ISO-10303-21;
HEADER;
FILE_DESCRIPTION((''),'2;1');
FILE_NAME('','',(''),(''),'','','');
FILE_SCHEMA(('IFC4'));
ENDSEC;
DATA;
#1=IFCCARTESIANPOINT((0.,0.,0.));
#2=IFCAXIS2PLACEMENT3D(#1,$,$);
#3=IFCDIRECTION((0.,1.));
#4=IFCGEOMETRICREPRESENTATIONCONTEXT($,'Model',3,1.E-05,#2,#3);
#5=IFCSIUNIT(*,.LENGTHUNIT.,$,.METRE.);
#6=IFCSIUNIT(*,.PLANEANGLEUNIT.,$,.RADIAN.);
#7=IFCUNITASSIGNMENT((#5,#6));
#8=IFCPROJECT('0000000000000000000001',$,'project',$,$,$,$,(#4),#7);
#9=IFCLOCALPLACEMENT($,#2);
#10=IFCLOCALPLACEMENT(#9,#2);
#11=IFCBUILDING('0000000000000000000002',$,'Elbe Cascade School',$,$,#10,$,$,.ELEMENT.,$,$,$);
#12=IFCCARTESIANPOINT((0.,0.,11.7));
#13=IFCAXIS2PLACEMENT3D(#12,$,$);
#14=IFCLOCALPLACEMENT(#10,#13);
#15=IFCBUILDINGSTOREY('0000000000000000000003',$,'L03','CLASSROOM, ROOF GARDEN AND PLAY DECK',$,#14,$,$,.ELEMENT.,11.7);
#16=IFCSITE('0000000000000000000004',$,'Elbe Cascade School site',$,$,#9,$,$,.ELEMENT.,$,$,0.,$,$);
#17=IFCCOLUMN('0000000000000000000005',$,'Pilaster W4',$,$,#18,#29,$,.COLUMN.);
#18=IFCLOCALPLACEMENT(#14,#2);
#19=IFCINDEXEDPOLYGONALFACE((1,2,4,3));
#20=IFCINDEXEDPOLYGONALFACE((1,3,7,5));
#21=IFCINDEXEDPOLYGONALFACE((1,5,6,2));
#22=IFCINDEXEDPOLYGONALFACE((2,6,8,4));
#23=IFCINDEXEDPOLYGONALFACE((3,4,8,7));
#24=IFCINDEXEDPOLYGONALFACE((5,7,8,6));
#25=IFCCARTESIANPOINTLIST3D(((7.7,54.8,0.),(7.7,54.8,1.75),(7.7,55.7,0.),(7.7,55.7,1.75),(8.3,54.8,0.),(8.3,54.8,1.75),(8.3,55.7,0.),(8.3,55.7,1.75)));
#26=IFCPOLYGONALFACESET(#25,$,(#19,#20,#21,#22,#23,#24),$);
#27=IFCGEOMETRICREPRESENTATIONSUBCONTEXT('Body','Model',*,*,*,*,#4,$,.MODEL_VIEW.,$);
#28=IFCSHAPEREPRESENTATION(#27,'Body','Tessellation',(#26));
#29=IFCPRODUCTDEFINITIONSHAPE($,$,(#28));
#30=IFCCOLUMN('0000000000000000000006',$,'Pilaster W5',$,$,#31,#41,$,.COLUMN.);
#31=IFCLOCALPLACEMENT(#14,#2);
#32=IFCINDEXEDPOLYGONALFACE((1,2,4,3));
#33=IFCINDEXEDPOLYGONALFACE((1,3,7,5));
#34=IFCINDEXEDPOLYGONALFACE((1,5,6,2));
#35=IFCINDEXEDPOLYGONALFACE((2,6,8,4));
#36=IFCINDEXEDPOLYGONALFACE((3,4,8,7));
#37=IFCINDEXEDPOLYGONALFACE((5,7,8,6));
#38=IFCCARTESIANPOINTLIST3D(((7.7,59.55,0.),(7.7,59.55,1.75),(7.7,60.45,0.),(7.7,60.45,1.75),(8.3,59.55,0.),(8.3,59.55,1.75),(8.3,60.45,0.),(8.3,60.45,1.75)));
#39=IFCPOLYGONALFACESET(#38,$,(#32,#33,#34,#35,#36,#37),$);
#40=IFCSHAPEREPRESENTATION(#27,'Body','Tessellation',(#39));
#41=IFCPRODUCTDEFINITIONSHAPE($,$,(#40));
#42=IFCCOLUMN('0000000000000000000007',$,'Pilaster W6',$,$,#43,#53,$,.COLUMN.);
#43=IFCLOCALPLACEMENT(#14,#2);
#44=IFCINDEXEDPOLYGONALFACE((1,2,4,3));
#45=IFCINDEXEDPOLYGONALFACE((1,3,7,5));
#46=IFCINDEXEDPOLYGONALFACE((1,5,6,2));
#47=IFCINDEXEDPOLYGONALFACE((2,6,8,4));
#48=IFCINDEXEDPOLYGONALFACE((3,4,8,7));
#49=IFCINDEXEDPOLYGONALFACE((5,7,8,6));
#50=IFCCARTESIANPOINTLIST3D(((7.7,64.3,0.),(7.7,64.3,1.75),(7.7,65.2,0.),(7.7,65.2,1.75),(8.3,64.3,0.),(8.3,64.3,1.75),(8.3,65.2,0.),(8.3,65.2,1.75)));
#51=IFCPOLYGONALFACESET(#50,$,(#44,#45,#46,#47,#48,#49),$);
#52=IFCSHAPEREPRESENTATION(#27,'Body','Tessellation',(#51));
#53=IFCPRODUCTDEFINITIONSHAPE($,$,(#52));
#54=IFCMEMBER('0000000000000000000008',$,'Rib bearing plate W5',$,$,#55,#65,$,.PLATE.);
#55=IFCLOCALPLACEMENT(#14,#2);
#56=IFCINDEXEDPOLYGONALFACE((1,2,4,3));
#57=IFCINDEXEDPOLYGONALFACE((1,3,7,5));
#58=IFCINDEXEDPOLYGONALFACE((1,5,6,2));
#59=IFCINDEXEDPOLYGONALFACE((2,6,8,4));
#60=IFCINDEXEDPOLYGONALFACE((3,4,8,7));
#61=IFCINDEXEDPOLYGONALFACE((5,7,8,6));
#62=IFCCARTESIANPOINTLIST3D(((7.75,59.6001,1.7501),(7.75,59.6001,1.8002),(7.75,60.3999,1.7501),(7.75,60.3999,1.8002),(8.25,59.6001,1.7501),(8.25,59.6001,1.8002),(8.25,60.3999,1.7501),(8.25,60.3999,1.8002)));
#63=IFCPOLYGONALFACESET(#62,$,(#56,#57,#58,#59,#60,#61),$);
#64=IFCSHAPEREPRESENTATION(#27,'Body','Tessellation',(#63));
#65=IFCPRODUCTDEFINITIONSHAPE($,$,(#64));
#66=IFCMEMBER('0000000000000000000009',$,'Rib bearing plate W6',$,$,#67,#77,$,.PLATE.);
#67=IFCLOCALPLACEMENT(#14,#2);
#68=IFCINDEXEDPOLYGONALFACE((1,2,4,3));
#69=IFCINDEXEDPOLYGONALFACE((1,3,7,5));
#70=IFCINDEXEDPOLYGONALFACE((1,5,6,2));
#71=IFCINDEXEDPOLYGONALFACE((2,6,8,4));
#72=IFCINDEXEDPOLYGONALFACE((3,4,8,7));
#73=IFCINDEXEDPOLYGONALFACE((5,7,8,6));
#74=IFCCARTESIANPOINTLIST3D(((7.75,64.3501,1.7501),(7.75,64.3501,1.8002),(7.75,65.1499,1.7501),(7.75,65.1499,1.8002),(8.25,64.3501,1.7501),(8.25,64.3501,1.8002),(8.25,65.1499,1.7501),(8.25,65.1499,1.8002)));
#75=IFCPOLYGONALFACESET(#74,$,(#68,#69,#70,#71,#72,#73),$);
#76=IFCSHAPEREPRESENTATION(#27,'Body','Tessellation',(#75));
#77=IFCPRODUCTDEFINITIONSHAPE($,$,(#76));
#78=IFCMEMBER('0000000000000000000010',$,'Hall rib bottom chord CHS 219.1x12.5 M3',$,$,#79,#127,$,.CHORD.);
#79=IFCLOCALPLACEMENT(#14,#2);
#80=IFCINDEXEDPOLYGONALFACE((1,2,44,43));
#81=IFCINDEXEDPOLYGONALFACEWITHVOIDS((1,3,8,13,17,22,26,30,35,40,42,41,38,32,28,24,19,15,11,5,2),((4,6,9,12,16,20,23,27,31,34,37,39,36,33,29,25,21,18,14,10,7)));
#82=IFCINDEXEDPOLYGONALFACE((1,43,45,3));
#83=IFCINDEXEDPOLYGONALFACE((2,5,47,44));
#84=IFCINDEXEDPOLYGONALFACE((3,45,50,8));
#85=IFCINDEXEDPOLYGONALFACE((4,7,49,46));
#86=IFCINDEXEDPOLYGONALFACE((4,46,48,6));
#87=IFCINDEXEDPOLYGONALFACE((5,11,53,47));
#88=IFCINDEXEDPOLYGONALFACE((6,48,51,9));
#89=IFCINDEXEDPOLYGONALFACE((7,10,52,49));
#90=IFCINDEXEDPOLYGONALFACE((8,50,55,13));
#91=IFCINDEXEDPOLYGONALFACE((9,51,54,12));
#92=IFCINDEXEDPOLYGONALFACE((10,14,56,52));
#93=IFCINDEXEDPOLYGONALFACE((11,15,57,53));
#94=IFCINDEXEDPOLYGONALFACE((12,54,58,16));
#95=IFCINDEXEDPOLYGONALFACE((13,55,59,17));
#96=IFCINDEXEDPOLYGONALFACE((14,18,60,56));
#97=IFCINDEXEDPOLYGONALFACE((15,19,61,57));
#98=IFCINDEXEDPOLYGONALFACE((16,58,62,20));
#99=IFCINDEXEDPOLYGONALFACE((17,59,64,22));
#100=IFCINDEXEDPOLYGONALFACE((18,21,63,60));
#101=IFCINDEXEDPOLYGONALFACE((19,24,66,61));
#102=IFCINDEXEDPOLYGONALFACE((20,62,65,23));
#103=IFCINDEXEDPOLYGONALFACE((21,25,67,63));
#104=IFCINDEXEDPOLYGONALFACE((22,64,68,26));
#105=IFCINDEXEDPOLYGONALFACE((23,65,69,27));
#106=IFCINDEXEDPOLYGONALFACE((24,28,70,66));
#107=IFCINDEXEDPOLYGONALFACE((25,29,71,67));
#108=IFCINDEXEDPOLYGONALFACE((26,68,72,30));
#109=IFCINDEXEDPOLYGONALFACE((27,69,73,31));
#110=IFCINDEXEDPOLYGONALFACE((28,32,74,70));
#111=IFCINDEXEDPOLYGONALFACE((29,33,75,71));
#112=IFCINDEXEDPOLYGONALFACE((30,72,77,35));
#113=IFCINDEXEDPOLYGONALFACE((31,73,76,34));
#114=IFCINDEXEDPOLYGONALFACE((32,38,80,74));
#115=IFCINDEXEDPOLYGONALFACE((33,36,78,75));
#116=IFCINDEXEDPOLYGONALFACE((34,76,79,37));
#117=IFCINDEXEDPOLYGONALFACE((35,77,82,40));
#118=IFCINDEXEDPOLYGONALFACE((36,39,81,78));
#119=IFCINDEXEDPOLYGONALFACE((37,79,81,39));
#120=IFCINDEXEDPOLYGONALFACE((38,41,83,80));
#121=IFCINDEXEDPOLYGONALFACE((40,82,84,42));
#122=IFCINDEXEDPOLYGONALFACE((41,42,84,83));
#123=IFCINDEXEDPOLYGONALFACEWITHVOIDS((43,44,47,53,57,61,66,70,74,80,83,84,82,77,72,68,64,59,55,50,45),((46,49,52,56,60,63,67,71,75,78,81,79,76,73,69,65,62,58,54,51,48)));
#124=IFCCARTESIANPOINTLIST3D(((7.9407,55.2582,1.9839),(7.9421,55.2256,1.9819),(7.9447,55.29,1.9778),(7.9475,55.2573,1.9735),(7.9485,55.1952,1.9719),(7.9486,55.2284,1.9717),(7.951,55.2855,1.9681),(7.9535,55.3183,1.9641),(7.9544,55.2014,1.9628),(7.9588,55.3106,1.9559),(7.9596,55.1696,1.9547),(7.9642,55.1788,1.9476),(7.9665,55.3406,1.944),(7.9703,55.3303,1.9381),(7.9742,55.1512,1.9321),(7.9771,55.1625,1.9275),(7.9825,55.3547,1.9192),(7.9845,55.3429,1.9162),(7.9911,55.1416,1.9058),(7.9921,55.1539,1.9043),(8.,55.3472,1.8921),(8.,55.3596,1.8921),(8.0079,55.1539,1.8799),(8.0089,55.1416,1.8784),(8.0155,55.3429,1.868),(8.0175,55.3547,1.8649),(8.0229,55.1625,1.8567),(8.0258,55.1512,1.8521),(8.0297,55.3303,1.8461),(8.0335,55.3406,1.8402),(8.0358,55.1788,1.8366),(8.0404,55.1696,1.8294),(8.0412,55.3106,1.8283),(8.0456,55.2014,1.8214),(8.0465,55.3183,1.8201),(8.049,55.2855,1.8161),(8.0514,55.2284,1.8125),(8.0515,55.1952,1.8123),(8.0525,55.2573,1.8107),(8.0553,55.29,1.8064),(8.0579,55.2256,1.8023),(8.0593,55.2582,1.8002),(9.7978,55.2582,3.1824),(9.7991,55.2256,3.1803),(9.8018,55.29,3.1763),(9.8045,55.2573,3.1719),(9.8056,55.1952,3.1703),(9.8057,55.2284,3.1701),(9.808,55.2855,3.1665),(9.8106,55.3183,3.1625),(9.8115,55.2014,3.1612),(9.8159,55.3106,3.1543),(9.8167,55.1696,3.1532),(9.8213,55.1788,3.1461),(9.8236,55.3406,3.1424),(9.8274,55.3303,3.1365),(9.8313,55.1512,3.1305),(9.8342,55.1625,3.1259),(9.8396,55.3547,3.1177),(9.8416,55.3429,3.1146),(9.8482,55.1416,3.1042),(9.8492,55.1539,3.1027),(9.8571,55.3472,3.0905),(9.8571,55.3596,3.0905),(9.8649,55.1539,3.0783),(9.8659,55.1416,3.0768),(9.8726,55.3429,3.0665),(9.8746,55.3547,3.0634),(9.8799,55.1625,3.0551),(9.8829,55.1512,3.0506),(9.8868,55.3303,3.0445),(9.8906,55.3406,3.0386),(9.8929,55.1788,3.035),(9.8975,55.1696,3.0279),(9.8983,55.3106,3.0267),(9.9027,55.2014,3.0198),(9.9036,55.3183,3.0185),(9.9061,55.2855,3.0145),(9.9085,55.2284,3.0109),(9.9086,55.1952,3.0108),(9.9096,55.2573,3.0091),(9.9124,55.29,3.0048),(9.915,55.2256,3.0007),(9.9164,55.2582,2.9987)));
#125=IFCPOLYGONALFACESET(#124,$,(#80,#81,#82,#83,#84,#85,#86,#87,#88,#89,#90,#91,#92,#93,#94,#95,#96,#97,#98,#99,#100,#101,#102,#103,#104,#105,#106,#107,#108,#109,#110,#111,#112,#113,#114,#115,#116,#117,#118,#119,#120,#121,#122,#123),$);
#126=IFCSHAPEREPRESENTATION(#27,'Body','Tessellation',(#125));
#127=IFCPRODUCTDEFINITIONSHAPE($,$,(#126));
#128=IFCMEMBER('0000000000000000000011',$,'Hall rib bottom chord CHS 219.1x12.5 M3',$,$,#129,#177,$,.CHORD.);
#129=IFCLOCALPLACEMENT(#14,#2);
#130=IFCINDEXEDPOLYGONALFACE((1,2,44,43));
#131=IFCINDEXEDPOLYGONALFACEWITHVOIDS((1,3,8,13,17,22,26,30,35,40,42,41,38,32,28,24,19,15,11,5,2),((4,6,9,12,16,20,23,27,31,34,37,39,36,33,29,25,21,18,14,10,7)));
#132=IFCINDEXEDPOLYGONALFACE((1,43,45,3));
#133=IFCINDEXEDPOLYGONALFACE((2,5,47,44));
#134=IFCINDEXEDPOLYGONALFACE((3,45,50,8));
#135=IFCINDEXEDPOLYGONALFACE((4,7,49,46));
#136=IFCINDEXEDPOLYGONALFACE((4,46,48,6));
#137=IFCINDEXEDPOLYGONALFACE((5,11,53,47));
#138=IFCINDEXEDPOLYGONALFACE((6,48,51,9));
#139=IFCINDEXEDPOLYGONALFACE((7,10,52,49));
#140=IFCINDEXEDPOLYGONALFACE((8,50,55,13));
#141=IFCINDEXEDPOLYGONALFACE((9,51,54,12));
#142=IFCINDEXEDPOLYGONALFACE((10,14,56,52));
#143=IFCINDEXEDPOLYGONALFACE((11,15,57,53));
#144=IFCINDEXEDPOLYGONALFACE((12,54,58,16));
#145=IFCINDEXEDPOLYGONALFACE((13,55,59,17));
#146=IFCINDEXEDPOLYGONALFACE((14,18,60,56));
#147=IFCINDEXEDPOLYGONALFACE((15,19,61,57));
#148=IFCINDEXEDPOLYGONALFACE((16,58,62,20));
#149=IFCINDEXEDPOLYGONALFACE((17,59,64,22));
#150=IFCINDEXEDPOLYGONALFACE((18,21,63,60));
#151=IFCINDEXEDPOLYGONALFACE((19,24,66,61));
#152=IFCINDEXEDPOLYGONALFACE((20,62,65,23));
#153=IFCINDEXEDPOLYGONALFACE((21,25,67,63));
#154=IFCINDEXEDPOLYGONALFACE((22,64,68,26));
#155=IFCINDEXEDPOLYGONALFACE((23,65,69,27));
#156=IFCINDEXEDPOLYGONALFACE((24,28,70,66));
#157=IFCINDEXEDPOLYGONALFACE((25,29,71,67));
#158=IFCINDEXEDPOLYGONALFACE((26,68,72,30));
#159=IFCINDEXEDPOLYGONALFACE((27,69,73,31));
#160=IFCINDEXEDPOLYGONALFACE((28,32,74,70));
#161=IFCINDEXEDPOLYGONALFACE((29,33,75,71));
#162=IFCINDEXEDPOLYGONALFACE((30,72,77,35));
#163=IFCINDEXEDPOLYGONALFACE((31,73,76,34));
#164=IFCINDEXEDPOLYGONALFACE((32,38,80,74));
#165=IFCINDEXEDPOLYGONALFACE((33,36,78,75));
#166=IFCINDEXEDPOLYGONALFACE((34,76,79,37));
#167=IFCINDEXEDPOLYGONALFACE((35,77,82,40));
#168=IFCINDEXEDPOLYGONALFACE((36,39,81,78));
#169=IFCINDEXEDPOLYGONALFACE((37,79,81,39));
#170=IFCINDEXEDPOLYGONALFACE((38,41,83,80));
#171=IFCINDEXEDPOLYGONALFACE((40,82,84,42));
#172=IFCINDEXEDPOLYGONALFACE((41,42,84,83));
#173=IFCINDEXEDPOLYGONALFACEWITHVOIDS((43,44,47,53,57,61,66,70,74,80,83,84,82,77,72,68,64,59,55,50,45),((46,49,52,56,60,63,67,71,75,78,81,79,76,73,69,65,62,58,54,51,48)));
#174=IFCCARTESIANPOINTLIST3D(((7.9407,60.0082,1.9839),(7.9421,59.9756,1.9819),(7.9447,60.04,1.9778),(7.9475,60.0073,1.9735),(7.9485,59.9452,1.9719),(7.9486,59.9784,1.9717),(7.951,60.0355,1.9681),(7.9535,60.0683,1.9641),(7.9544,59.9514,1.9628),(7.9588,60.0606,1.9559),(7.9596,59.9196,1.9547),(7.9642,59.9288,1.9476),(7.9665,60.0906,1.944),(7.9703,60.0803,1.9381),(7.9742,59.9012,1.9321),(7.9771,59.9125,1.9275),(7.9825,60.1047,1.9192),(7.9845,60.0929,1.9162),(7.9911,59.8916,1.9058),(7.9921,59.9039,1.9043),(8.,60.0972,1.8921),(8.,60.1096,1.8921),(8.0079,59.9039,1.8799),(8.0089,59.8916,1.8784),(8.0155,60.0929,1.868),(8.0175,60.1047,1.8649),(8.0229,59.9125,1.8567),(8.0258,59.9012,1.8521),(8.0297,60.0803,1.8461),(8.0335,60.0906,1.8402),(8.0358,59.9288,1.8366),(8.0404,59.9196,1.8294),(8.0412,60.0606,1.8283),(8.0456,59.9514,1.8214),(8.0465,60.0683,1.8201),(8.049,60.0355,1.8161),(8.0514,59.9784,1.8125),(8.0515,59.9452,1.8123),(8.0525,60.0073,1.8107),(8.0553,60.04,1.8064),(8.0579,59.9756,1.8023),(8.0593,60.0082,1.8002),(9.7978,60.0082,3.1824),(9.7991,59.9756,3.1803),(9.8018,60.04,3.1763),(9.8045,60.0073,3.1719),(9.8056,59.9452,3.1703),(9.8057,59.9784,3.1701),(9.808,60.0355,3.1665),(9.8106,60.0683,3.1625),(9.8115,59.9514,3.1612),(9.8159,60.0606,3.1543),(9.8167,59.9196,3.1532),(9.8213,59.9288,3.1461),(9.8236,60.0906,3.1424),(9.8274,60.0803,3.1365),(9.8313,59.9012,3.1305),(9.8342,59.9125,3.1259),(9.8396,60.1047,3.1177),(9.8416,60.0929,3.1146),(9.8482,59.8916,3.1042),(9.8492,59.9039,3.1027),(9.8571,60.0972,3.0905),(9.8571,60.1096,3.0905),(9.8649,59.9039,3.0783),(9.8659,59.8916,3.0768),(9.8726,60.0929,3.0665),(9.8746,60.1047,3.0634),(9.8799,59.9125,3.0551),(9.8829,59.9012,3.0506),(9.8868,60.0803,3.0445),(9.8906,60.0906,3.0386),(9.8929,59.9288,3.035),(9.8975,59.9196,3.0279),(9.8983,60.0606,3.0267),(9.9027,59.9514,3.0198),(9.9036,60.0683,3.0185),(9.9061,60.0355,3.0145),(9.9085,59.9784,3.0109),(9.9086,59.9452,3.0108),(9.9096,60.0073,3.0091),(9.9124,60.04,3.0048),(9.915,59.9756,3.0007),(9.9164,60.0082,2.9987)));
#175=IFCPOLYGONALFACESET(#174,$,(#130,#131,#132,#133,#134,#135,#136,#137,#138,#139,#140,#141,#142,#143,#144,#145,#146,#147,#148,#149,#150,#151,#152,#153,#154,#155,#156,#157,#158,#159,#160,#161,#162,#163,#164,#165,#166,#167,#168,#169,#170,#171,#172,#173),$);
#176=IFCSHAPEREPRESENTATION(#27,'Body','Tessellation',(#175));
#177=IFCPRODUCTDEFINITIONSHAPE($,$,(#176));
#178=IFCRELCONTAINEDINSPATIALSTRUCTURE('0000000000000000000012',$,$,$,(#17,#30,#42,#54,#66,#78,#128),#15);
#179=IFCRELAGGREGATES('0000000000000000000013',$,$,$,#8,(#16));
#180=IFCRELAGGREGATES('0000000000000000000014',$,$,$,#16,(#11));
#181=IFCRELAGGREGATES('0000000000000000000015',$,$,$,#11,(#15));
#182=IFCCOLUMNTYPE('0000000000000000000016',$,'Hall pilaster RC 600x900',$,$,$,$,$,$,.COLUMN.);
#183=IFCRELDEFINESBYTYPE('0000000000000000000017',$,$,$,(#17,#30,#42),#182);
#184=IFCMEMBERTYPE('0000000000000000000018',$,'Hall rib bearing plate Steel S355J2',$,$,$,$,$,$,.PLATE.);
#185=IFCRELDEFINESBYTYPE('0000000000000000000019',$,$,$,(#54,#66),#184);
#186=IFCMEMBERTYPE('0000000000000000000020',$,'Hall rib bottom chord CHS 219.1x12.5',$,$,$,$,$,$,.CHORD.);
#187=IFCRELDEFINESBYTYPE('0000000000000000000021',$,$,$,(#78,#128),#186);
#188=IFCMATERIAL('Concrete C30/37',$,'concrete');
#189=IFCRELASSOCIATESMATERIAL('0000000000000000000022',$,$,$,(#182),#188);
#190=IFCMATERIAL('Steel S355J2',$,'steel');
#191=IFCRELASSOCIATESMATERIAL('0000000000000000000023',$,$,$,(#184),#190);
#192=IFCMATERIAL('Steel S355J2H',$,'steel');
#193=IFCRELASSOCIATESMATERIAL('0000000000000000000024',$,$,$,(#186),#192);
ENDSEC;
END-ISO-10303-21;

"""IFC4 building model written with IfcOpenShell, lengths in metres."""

from ifc_helpers import new_model, si_unit, direction, frame, origin, origin_2d, place, context, subcontext, project, spatial, rectangle, hollow_circle, extrude, material, material_profile, profile_set, type_object, element, save


model = new_model("IFC4")

# Units and contexts
model_context = context("Model", 3, precision=1e-05, world=origin(), true_north=direction((0.0, 1.0)))
body_context = subcontext(model_context, "Body", "Model", "MODEL_VIEW")
ifc_project = project(units=[si_unit("LENGTHUNIT", "METRE"), si_unit("PLANEANGLEUNIT", "RADIAN")], contexts=[model_context])

# Site, building, storey
site_placement = place(None, origin())
site = spatial("IfcSite", under=ifc_project, at=site_placement, Name="Elbe Cascade School site", CompositionType="ELEMENT", RefElevation=0.0)
building_placement = place(site_placement, origin())
building = spatial("IfcBuilding", under=site, at=building_placement, Name="Elbe Cascade School", CompositionType="ELEMENT")
storey_placement = place(building_placement, frame((0.0, 0.0, 11.7)))
storey = spatial("IfcBuildingStorey", under=building, at=storey_placement, Name="L03", Description="CLASSROOM, ROOF GARDEN AND PLAY DECK", CompositionType="ELEMENT", Elevation=11.7)

# Columns
ifc_material_1 = material(Name="Concrete C30/37", Category="concrete")
ifc_material_profile_1 = material_profile(ifc_material_1, rectangle(XDim=0.6001, YDim=0.8999, at=origin_2d()), Name="RC 600x900")
ifc_profile_set_1 = profile_set([ifc_material_profile_1], Name="Concrete C30/37")
column_type = type_object("IfcColumnType", Name="Hall pilaster RC 600x900", PredefinedType="COLUMN", material=ifc_profile_set_1)
for number, where, z_axis, x_axis, name in (
    (1, (8.0, 55.25, 0.0), (0.0, 0.0, 1.0), (1.0, 0.0, 0.0), "Pilaster W4"),
    (2, (8.0, 60.0, 0.0), (0.0, 0.0, 1.0), (1.0, 0.0, 0.0), "Pilaster W5"),
    (3, (8.0, 64.75, 0.0), (0.0, 0.0, 1.0), (1.0, 0.0, 0.0), "Pilaster W6"),
):
    element("IfcColumn", number, at=place(storey_placement, frame(where, z_axis=z_axis, x_axis=x_axis)), inside=storey, type_object=column_type, Name=name, PredefinedType="COLUMN", context=body_context, shape_type="SweptSolid", body=[
        extrude(rectangle(XDim=0.6001, YDim=0.8999, at=origin_2d()), origin(), (0.0, 0.0, 1.0), 1.75),
    ])

# Members
ifc_material_2 = material(Name="Steel S355J2", Category="steel")
ifc_material_profile_2 = material_profile(ifc_material_2, rectangle(XDim=0.5, YDim=0.05, at=origin_2d()), Name="PL 500x50")
ifc_profile_set_2 = profile_set([ifc_material_profile_2], Name="Steel S355J2")
member_type_1 = type_object("IfcMemberType", Name="Hall rib bearing plate Steel S355J2", PredefinedType="PLATE", material=ifc_profile_set_2)
for number, where, z_axis, x_axis, name in (
    (4, (8.0, 59.6001, 1.7751), (0.0, 1.0, 0.0), (-1.0, 0.0, 0.0), "Rib bearing plate W5"),
    (5, (8.0, 64.3501, 1.7751), (0.0, 1.0, 0.0), (-1.0, 0.0, 0.0), "Rib bearing plate W6"),
):
    element("IfcMember", number, at=place(storey_placement, frame(where, z_axis=z_axis, x_axis=x_axis)), inside=storey, type_object=member_type_1, Name=name, PredefinedType="PLATE", context=body_context, shape_type="SweptSolid", body=[
        extrude(rectangle(XDim=0.5, YDim=0.05, at=origin_2d()), origin(), (0.0, 0.0, 1.0), 0.7998),
    ])
ifc_material_3 = material(Name="Steel S355J2H", Category="steel")
ifc_material_profile_3 = material_profile(ifc_material_3, hollow_circle(Radius=0.1096, WallThickness=0.0125, at=origin_2d()), Name="CHS 219.1x12.5")
ifc_profile_set_3 = profile_set([ifc_material_profile_3], Name="Steel S355J2H")
member_type_2 = type_object("IfcMemberType", Name="Hall rib bottom chord CHS 219.1x12.5", PredefinedType="CHORD", material=ifc_profile_set_3)
for number, where, z_axis, x_axis, name in (
    (6, (8.0, 55.25, 1.8921), (0.840233, 0.0, 0.542225), (0.0, 1.0, 0.0), "Hall rib bottom chord CHS 219.1x12.5 M3"),
    (7, (8.0, 60.0, 1.8921), (0.840233, 0.0, 0.542225), (0.0, 1.0, 0.0), "Hall rib bottom chord CHS 219.1x12.5 M3"),
):
    element("IfcMember", number, at=place(storey_placement, frame(where, z_axis=z_axis, x_axis=x_axis)), inside=storey, type_object=member_type_2, Name=name, PredefinedType="CHORD", context=body_context, shape_type="SweptSolid", body=[
        extrude(hollow_circle(Radius=0.1096, WallThickness=0.0125, at=origin_2d()), origin(), (0.0, 0.0, 1.0), 2.2102),
    ])

save(model, "model.ifc")
